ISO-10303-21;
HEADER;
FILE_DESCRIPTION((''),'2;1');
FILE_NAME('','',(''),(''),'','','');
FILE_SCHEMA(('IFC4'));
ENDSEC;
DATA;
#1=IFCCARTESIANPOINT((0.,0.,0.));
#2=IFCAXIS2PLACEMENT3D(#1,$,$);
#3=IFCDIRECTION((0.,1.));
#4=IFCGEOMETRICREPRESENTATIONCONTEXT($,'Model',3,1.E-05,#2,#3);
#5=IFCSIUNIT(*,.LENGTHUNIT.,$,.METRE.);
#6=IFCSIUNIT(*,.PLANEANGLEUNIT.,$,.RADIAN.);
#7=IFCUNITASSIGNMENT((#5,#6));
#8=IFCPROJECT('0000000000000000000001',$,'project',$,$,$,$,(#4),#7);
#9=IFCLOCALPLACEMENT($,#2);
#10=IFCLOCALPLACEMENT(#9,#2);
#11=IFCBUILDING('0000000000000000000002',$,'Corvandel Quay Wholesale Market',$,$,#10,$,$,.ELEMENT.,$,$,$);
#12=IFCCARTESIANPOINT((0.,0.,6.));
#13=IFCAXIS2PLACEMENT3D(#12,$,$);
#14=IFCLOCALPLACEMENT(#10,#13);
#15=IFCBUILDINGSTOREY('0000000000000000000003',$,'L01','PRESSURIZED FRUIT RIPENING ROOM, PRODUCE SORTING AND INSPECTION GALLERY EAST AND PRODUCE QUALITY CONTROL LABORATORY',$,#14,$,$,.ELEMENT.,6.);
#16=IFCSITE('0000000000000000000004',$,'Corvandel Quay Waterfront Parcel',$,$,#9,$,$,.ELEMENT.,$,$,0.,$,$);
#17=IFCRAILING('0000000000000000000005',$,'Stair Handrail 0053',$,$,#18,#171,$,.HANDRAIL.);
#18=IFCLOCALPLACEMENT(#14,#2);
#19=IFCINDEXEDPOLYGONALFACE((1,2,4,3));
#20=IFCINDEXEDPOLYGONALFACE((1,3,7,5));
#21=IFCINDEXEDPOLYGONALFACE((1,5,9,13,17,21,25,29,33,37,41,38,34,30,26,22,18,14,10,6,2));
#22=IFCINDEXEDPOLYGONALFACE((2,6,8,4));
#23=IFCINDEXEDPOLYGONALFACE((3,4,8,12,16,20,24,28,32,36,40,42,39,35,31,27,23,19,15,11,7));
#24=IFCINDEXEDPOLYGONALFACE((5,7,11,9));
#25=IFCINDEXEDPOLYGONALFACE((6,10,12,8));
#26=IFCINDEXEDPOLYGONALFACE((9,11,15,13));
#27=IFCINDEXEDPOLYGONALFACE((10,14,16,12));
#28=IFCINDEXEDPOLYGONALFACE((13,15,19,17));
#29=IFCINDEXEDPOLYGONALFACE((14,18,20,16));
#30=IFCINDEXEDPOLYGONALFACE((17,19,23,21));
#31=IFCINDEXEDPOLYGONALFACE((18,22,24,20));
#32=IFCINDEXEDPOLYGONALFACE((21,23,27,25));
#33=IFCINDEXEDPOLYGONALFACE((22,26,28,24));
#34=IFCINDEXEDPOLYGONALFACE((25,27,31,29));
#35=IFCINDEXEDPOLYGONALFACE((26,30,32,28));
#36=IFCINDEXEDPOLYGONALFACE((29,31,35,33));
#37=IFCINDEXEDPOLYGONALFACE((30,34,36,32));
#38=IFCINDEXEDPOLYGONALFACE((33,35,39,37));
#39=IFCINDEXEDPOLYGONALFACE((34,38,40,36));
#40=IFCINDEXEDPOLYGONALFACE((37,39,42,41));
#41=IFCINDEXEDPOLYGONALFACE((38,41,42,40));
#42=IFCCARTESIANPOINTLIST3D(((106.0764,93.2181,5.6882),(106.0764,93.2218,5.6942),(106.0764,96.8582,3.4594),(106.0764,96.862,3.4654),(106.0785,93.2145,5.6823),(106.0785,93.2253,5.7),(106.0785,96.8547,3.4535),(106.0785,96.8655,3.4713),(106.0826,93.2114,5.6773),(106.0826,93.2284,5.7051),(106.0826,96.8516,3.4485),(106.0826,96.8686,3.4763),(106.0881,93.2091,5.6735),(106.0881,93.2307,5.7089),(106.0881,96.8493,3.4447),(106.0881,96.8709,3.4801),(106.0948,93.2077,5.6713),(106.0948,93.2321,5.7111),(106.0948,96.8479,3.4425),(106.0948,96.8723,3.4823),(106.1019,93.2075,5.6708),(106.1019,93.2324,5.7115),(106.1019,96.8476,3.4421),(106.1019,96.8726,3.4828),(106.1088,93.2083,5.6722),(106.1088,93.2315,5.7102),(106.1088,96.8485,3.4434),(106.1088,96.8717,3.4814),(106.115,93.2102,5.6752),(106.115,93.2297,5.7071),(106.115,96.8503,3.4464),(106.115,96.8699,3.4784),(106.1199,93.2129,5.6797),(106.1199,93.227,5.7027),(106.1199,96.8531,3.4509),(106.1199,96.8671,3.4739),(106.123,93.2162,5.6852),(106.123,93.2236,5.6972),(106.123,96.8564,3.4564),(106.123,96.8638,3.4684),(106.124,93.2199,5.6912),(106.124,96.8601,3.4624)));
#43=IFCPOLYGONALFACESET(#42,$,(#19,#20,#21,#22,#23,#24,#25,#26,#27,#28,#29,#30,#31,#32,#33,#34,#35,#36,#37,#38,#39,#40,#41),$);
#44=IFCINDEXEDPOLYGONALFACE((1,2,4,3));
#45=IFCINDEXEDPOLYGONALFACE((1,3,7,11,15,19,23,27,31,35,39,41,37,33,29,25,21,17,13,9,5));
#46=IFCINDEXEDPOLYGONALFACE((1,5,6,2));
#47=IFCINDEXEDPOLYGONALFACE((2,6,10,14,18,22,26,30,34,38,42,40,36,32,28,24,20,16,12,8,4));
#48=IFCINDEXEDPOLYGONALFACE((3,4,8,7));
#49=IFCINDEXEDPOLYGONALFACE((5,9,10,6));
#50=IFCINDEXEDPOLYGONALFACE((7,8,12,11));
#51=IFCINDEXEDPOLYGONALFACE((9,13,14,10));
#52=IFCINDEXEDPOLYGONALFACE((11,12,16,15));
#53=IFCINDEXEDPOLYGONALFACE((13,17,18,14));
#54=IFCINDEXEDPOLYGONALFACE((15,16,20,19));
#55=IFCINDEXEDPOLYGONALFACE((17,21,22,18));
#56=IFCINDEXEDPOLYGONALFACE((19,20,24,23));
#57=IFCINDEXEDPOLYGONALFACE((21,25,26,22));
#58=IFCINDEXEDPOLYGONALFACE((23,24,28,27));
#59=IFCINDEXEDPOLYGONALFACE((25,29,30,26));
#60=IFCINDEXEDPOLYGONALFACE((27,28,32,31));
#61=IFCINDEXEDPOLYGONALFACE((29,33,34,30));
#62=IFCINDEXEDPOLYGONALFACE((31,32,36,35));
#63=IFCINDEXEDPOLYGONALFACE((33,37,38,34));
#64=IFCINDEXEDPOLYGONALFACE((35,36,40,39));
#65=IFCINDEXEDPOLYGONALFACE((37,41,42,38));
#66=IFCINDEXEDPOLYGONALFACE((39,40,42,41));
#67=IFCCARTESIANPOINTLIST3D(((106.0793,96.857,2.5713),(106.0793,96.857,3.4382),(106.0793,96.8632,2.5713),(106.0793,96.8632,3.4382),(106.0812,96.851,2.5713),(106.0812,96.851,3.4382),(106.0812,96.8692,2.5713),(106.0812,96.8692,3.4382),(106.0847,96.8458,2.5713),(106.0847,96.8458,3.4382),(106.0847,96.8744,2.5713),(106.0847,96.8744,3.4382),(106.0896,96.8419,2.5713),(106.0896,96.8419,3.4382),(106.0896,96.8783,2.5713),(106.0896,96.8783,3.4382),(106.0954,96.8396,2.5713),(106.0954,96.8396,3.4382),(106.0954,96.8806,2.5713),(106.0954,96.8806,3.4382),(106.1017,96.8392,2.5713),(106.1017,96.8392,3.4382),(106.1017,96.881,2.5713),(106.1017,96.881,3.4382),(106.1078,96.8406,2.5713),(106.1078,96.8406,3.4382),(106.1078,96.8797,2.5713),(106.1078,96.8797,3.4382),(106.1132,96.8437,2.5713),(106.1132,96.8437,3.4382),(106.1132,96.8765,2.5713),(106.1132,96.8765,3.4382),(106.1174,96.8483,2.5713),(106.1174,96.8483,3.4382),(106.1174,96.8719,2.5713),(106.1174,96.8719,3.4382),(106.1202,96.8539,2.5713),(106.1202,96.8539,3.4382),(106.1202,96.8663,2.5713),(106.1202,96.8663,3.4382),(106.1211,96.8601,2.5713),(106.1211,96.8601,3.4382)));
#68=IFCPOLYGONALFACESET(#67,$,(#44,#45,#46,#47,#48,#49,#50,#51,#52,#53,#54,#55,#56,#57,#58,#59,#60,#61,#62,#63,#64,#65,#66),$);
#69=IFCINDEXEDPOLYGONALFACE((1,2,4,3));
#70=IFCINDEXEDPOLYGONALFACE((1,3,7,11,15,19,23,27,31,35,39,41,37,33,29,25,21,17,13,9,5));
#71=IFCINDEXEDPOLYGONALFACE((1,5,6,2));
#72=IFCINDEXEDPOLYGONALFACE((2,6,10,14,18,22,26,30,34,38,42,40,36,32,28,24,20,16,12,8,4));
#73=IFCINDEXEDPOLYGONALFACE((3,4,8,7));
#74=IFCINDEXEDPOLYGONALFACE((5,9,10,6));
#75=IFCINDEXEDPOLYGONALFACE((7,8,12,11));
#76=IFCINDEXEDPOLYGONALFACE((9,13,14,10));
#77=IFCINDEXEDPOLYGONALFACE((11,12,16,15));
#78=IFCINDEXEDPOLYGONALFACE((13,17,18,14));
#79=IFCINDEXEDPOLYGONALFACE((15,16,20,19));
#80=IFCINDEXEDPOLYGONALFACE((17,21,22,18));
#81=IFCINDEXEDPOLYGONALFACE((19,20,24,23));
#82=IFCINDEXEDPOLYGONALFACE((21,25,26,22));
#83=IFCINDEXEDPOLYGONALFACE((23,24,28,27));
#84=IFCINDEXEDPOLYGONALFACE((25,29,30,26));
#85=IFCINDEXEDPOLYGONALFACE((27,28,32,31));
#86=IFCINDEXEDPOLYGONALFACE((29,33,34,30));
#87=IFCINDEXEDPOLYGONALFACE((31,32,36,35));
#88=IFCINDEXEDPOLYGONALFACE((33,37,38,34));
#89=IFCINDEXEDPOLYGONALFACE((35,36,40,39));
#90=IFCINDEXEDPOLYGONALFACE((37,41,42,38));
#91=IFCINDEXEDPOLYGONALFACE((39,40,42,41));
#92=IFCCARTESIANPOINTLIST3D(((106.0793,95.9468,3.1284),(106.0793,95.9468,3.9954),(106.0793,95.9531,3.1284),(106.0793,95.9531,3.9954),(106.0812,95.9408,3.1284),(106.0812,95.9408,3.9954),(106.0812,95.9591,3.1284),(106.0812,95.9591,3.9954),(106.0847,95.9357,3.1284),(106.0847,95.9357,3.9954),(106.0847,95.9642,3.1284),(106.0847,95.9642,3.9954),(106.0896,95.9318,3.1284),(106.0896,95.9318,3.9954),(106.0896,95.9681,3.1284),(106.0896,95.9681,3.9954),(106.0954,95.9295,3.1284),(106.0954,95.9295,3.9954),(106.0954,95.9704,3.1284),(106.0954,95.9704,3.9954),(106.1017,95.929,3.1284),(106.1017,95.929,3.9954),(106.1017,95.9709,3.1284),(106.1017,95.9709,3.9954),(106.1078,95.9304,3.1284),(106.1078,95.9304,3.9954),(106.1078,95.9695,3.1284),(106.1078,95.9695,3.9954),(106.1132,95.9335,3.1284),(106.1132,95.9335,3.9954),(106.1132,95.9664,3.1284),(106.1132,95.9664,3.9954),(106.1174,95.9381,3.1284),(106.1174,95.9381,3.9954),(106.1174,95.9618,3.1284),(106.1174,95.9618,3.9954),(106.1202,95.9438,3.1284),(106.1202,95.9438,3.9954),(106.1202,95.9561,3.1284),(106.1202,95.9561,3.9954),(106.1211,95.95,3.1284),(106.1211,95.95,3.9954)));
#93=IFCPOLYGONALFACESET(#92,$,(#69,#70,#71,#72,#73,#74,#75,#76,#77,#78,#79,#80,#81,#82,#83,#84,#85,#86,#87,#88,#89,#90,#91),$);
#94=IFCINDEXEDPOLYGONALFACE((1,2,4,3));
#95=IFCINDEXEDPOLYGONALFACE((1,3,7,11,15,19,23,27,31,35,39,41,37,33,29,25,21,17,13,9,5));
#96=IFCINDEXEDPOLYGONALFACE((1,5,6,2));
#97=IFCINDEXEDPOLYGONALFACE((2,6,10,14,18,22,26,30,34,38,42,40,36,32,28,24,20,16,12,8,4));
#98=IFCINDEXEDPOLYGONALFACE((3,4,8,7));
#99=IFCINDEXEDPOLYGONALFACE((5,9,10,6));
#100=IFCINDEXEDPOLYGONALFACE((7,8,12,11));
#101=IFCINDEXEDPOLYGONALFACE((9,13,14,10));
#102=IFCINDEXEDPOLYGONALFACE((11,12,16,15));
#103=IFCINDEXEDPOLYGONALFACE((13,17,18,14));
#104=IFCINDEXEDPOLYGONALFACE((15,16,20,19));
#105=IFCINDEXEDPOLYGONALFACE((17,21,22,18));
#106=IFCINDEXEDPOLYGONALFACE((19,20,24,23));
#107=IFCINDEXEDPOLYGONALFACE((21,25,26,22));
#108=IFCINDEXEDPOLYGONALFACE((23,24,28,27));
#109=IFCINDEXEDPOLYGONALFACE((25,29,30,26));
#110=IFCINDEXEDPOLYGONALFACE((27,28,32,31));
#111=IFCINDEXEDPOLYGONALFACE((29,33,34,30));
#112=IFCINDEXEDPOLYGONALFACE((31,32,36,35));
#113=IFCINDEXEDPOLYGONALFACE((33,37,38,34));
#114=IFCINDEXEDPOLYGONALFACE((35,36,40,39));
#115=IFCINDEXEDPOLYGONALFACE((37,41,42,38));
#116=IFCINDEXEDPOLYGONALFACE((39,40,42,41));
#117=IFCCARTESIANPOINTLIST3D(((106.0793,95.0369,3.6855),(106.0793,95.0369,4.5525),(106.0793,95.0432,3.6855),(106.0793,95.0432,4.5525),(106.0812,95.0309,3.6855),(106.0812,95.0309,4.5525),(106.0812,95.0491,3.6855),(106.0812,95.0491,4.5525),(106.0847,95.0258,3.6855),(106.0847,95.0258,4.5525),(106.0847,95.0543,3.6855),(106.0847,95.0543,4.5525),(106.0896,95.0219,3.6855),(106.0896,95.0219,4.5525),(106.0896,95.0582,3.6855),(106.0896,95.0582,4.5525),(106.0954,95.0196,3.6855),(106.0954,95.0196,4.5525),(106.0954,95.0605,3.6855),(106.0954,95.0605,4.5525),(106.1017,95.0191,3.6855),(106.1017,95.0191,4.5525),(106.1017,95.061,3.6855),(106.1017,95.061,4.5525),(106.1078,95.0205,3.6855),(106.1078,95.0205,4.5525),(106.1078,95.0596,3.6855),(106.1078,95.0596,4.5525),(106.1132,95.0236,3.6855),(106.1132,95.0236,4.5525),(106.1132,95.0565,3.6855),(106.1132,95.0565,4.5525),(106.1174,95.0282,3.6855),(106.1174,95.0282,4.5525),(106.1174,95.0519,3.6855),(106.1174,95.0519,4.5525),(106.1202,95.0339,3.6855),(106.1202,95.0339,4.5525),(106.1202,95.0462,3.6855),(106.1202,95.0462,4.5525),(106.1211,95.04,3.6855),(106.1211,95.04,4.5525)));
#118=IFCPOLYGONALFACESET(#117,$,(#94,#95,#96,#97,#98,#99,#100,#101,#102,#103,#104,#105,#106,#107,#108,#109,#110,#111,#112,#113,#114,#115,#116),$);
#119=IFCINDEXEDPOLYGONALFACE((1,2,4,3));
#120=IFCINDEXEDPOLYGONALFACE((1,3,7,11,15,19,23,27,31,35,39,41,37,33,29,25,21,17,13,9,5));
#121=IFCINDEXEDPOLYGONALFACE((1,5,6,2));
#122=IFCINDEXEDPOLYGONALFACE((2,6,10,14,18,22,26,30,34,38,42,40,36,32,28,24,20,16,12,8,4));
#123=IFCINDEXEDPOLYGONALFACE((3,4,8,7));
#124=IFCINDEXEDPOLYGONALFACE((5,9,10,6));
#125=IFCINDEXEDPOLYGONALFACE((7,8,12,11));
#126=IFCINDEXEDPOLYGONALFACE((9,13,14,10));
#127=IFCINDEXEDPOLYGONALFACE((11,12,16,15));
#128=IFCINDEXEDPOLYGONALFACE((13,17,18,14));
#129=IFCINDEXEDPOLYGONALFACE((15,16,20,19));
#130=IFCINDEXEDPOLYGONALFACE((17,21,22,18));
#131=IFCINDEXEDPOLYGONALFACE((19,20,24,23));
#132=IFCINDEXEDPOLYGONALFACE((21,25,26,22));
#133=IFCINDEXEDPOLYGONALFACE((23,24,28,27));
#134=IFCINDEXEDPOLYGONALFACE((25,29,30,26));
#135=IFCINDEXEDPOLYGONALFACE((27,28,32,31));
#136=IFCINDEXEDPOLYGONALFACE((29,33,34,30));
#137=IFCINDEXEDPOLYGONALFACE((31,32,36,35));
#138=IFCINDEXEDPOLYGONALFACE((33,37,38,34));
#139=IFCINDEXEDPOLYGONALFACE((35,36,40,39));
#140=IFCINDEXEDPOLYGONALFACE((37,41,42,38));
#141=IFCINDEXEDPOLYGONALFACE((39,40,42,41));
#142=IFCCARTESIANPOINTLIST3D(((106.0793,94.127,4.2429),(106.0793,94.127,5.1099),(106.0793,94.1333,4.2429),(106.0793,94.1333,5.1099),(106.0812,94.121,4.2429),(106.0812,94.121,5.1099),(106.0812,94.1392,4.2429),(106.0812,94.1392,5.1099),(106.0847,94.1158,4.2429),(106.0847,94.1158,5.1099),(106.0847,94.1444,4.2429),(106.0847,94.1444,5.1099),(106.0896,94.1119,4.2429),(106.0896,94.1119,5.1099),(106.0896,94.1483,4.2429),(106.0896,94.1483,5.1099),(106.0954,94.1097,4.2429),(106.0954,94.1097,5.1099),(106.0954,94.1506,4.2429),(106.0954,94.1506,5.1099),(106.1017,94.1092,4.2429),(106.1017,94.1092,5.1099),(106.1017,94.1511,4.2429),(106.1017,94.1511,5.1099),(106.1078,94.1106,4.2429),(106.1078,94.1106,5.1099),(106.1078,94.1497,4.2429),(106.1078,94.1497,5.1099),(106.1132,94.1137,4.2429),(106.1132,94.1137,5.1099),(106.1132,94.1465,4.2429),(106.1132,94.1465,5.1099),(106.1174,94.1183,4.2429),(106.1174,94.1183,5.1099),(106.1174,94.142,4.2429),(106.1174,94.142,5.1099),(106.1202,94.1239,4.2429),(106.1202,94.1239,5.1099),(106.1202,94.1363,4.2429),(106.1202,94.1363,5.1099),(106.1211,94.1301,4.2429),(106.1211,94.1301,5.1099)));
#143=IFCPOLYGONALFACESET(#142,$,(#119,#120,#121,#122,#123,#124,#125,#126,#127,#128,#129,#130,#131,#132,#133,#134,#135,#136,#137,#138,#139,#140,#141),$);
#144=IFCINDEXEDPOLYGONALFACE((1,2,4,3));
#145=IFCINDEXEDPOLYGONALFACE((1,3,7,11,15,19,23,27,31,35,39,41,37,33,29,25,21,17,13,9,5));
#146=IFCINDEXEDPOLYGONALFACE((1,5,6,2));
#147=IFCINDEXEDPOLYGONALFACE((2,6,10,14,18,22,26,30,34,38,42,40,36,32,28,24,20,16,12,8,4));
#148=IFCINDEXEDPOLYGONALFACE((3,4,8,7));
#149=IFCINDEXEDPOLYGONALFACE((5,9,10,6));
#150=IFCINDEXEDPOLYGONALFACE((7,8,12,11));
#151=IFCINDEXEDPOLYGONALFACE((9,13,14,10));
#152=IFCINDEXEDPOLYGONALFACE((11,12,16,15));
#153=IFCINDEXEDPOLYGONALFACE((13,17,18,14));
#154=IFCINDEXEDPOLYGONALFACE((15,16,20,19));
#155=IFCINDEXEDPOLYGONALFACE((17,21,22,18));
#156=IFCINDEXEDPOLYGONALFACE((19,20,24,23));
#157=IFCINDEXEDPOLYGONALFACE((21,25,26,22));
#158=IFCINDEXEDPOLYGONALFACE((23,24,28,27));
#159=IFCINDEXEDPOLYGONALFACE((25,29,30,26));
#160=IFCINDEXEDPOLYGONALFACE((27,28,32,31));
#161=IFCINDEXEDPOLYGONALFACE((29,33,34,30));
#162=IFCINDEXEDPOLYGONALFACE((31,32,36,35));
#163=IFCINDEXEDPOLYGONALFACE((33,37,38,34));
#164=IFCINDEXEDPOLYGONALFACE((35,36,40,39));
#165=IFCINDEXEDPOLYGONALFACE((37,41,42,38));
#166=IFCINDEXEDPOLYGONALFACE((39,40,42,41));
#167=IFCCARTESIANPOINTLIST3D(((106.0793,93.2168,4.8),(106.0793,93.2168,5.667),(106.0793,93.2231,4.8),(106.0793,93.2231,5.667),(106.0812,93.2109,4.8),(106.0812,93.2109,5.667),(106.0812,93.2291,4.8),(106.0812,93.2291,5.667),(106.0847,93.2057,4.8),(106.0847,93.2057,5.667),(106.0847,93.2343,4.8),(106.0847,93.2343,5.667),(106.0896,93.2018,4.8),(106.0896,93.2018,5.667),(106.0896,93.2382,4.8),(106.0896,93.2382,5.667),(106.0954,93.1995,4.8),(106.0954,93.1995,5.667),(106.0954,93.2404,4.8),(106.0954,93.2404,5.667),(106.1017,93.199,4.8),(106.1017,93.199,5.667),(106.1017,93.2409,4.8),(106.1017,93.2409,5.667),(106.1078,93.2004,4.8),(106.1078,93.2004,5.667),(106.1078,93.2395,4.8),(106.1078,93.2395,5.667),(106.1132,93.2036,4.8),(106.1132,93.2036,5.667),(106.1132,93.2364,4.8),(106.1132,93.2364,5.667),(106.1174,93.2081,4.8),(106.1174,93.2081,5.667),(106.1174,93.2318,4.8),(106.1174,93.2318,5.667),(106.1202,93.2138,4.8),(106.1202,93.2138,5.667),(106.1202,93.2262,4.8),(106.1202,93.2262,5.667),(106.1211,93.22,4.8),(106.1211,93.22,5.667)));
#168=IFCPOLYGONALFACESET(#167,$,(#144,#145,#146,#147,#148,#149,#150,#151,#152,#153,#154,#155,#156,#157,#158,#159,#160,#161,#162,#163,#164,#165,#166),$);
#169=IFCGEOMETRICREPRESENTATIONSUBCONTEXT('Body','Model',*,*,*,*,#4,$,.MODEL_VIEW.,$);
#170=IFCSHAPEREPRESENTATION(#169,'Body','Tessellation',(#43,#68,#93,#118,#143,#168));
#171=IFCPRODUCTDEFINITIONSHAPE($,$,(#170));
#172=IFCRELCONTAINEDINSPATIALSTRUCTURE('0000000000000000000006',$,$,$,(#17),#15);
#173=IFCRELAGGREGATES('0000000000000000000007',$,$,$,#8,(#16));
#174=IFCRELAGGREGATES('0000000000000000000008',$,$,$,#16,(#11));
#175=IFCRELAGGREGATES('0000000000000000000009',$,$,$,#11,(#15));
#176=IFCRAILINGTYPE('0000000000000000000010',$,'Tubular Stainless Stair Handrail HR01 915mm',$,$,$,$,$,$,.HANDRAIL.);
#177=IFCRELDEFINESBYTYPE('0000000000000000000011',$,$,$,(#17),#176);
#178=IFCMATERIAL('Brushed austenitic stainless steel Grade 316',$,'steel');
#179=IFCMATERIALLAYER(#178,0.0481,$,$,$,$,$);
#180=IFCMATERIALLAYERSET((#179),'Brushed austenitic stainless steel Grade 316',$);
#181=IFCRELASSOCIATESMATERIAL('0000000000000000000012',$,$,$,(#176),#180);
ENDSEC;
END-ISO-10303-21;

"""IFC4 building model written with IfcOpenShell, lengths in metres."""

from ifc_helpers import new_model, si_unit, direction, frame, origin, origin_2d, place, context, subcontext, project, spatial, circle, extrude, material, layer, layer_set, type_object, element, save


model = new_model("IFC4")

# Units and contexts
model_context = context("Model", 3, precision=1e-05, world=origin(), true_north=direction((0.0, 1.0)))
body_context = subcontext(model_context, "Body", "Model", "MODEL_VIEW")
ifc_project = project(units=[si_unit("LENGTHUNIT", "METRE"), si_unit("PLANEANGLEUNIT", "RADIAN")], contexts=[model_context])

# Site, building, storey
site_placement = place(None, origin())
site = spatial("IfcSite", under=ifc_project, at=site_placement, Name="Corvandel Quay Waterfront Parcel", CompositionType="ELEMENT", RefElevation=0.0)
building_placement = place(site_placement, origin())
building = spatial("IfcBuilding", under=site, at=building_placement, Name="Corvandel Quay Wholesale Market", CompositionType="ELEMENT")
storey_placement = place(building_placement, frame((0.0, 0.0, 6.0)))
storey = spatial("IfcBuildingStorey", under=building, at=storey_placement, Name="L01", Description="PRESSURIZED FRUIT RIPENING ROOM, PRODUCE SORTING AND INSPECTION GALLERY EAST AND PRODUCE QUALITY CONTROL LABORATORY", CompositionType="ELEMENT", Elevation=6.0)

# Railing
ifc_material_1 = material(Name="Brushed austenitic stainless steel Grade 316", Category="steel")
ifc_layer_1 = layer(ifc_material_1, 0.0481)
ifc_layer_set_1 = layer_set([ifc_layer_1], Name="Brushed austenitic stainless steel Grade 316")
railing_type_1 = type_object("IfcRailingType", Name="Tubular Stainless Stair Handrail HR01 915mm", PredefinedType="HANDRAIL", material=ifc_layer_set_1)
for number, where, name in (
    (1, (106.1001, 96.8601, 2.5713), "Stair Handrail 0053"),
):
    element("IfcRailing", number, at=place(storey_placement, frame(where)), inside=storey, type_object=railing_type_1, Name=name, PredefinedType="HANDRAIL", context=body_context, shape_type="SweptSolid", body=[
        extrude(circle(Radius=0.0239, at=origin_2d()), frame((0.0, 0.0, 0.8911), z_axis=(0.0, -0.85284, 0.522172), x_axis=(1.0, 0.0, 0.0)), (0.0, 0.0, 1.0), 4.2683),
        extrude(circle(Radius=0.021, at=origin_2d()), origin(), (0.0, 0.0, 1.0), 0.8669),
        extrude(circle(Radius=0.021, at=origin_2d()), frame((0.0, -0.9102, 0.5571)), (0.0, 0.0, 1.0), 0.8669),
        extrude(circle(Radius=0.021, at=origin_2d()), frame((0.0, -1.8201, 1.1143)), (0.0, 0.0, 1.0), 0.8669),
        extrude(circle(Radius=0.021, at=origin_2d()), frame((0.0, -2.73, 1.6716)), (0.0, 0.0, 1.0), 0.8669),
        extrude(circle(Radius=0.021, at=origin_2d()), frame((0.0, -3.6401, 2.2288)), (0.0, 0.0, 1.0), 0.8669),
    ])

save(model, "model.ifc")
